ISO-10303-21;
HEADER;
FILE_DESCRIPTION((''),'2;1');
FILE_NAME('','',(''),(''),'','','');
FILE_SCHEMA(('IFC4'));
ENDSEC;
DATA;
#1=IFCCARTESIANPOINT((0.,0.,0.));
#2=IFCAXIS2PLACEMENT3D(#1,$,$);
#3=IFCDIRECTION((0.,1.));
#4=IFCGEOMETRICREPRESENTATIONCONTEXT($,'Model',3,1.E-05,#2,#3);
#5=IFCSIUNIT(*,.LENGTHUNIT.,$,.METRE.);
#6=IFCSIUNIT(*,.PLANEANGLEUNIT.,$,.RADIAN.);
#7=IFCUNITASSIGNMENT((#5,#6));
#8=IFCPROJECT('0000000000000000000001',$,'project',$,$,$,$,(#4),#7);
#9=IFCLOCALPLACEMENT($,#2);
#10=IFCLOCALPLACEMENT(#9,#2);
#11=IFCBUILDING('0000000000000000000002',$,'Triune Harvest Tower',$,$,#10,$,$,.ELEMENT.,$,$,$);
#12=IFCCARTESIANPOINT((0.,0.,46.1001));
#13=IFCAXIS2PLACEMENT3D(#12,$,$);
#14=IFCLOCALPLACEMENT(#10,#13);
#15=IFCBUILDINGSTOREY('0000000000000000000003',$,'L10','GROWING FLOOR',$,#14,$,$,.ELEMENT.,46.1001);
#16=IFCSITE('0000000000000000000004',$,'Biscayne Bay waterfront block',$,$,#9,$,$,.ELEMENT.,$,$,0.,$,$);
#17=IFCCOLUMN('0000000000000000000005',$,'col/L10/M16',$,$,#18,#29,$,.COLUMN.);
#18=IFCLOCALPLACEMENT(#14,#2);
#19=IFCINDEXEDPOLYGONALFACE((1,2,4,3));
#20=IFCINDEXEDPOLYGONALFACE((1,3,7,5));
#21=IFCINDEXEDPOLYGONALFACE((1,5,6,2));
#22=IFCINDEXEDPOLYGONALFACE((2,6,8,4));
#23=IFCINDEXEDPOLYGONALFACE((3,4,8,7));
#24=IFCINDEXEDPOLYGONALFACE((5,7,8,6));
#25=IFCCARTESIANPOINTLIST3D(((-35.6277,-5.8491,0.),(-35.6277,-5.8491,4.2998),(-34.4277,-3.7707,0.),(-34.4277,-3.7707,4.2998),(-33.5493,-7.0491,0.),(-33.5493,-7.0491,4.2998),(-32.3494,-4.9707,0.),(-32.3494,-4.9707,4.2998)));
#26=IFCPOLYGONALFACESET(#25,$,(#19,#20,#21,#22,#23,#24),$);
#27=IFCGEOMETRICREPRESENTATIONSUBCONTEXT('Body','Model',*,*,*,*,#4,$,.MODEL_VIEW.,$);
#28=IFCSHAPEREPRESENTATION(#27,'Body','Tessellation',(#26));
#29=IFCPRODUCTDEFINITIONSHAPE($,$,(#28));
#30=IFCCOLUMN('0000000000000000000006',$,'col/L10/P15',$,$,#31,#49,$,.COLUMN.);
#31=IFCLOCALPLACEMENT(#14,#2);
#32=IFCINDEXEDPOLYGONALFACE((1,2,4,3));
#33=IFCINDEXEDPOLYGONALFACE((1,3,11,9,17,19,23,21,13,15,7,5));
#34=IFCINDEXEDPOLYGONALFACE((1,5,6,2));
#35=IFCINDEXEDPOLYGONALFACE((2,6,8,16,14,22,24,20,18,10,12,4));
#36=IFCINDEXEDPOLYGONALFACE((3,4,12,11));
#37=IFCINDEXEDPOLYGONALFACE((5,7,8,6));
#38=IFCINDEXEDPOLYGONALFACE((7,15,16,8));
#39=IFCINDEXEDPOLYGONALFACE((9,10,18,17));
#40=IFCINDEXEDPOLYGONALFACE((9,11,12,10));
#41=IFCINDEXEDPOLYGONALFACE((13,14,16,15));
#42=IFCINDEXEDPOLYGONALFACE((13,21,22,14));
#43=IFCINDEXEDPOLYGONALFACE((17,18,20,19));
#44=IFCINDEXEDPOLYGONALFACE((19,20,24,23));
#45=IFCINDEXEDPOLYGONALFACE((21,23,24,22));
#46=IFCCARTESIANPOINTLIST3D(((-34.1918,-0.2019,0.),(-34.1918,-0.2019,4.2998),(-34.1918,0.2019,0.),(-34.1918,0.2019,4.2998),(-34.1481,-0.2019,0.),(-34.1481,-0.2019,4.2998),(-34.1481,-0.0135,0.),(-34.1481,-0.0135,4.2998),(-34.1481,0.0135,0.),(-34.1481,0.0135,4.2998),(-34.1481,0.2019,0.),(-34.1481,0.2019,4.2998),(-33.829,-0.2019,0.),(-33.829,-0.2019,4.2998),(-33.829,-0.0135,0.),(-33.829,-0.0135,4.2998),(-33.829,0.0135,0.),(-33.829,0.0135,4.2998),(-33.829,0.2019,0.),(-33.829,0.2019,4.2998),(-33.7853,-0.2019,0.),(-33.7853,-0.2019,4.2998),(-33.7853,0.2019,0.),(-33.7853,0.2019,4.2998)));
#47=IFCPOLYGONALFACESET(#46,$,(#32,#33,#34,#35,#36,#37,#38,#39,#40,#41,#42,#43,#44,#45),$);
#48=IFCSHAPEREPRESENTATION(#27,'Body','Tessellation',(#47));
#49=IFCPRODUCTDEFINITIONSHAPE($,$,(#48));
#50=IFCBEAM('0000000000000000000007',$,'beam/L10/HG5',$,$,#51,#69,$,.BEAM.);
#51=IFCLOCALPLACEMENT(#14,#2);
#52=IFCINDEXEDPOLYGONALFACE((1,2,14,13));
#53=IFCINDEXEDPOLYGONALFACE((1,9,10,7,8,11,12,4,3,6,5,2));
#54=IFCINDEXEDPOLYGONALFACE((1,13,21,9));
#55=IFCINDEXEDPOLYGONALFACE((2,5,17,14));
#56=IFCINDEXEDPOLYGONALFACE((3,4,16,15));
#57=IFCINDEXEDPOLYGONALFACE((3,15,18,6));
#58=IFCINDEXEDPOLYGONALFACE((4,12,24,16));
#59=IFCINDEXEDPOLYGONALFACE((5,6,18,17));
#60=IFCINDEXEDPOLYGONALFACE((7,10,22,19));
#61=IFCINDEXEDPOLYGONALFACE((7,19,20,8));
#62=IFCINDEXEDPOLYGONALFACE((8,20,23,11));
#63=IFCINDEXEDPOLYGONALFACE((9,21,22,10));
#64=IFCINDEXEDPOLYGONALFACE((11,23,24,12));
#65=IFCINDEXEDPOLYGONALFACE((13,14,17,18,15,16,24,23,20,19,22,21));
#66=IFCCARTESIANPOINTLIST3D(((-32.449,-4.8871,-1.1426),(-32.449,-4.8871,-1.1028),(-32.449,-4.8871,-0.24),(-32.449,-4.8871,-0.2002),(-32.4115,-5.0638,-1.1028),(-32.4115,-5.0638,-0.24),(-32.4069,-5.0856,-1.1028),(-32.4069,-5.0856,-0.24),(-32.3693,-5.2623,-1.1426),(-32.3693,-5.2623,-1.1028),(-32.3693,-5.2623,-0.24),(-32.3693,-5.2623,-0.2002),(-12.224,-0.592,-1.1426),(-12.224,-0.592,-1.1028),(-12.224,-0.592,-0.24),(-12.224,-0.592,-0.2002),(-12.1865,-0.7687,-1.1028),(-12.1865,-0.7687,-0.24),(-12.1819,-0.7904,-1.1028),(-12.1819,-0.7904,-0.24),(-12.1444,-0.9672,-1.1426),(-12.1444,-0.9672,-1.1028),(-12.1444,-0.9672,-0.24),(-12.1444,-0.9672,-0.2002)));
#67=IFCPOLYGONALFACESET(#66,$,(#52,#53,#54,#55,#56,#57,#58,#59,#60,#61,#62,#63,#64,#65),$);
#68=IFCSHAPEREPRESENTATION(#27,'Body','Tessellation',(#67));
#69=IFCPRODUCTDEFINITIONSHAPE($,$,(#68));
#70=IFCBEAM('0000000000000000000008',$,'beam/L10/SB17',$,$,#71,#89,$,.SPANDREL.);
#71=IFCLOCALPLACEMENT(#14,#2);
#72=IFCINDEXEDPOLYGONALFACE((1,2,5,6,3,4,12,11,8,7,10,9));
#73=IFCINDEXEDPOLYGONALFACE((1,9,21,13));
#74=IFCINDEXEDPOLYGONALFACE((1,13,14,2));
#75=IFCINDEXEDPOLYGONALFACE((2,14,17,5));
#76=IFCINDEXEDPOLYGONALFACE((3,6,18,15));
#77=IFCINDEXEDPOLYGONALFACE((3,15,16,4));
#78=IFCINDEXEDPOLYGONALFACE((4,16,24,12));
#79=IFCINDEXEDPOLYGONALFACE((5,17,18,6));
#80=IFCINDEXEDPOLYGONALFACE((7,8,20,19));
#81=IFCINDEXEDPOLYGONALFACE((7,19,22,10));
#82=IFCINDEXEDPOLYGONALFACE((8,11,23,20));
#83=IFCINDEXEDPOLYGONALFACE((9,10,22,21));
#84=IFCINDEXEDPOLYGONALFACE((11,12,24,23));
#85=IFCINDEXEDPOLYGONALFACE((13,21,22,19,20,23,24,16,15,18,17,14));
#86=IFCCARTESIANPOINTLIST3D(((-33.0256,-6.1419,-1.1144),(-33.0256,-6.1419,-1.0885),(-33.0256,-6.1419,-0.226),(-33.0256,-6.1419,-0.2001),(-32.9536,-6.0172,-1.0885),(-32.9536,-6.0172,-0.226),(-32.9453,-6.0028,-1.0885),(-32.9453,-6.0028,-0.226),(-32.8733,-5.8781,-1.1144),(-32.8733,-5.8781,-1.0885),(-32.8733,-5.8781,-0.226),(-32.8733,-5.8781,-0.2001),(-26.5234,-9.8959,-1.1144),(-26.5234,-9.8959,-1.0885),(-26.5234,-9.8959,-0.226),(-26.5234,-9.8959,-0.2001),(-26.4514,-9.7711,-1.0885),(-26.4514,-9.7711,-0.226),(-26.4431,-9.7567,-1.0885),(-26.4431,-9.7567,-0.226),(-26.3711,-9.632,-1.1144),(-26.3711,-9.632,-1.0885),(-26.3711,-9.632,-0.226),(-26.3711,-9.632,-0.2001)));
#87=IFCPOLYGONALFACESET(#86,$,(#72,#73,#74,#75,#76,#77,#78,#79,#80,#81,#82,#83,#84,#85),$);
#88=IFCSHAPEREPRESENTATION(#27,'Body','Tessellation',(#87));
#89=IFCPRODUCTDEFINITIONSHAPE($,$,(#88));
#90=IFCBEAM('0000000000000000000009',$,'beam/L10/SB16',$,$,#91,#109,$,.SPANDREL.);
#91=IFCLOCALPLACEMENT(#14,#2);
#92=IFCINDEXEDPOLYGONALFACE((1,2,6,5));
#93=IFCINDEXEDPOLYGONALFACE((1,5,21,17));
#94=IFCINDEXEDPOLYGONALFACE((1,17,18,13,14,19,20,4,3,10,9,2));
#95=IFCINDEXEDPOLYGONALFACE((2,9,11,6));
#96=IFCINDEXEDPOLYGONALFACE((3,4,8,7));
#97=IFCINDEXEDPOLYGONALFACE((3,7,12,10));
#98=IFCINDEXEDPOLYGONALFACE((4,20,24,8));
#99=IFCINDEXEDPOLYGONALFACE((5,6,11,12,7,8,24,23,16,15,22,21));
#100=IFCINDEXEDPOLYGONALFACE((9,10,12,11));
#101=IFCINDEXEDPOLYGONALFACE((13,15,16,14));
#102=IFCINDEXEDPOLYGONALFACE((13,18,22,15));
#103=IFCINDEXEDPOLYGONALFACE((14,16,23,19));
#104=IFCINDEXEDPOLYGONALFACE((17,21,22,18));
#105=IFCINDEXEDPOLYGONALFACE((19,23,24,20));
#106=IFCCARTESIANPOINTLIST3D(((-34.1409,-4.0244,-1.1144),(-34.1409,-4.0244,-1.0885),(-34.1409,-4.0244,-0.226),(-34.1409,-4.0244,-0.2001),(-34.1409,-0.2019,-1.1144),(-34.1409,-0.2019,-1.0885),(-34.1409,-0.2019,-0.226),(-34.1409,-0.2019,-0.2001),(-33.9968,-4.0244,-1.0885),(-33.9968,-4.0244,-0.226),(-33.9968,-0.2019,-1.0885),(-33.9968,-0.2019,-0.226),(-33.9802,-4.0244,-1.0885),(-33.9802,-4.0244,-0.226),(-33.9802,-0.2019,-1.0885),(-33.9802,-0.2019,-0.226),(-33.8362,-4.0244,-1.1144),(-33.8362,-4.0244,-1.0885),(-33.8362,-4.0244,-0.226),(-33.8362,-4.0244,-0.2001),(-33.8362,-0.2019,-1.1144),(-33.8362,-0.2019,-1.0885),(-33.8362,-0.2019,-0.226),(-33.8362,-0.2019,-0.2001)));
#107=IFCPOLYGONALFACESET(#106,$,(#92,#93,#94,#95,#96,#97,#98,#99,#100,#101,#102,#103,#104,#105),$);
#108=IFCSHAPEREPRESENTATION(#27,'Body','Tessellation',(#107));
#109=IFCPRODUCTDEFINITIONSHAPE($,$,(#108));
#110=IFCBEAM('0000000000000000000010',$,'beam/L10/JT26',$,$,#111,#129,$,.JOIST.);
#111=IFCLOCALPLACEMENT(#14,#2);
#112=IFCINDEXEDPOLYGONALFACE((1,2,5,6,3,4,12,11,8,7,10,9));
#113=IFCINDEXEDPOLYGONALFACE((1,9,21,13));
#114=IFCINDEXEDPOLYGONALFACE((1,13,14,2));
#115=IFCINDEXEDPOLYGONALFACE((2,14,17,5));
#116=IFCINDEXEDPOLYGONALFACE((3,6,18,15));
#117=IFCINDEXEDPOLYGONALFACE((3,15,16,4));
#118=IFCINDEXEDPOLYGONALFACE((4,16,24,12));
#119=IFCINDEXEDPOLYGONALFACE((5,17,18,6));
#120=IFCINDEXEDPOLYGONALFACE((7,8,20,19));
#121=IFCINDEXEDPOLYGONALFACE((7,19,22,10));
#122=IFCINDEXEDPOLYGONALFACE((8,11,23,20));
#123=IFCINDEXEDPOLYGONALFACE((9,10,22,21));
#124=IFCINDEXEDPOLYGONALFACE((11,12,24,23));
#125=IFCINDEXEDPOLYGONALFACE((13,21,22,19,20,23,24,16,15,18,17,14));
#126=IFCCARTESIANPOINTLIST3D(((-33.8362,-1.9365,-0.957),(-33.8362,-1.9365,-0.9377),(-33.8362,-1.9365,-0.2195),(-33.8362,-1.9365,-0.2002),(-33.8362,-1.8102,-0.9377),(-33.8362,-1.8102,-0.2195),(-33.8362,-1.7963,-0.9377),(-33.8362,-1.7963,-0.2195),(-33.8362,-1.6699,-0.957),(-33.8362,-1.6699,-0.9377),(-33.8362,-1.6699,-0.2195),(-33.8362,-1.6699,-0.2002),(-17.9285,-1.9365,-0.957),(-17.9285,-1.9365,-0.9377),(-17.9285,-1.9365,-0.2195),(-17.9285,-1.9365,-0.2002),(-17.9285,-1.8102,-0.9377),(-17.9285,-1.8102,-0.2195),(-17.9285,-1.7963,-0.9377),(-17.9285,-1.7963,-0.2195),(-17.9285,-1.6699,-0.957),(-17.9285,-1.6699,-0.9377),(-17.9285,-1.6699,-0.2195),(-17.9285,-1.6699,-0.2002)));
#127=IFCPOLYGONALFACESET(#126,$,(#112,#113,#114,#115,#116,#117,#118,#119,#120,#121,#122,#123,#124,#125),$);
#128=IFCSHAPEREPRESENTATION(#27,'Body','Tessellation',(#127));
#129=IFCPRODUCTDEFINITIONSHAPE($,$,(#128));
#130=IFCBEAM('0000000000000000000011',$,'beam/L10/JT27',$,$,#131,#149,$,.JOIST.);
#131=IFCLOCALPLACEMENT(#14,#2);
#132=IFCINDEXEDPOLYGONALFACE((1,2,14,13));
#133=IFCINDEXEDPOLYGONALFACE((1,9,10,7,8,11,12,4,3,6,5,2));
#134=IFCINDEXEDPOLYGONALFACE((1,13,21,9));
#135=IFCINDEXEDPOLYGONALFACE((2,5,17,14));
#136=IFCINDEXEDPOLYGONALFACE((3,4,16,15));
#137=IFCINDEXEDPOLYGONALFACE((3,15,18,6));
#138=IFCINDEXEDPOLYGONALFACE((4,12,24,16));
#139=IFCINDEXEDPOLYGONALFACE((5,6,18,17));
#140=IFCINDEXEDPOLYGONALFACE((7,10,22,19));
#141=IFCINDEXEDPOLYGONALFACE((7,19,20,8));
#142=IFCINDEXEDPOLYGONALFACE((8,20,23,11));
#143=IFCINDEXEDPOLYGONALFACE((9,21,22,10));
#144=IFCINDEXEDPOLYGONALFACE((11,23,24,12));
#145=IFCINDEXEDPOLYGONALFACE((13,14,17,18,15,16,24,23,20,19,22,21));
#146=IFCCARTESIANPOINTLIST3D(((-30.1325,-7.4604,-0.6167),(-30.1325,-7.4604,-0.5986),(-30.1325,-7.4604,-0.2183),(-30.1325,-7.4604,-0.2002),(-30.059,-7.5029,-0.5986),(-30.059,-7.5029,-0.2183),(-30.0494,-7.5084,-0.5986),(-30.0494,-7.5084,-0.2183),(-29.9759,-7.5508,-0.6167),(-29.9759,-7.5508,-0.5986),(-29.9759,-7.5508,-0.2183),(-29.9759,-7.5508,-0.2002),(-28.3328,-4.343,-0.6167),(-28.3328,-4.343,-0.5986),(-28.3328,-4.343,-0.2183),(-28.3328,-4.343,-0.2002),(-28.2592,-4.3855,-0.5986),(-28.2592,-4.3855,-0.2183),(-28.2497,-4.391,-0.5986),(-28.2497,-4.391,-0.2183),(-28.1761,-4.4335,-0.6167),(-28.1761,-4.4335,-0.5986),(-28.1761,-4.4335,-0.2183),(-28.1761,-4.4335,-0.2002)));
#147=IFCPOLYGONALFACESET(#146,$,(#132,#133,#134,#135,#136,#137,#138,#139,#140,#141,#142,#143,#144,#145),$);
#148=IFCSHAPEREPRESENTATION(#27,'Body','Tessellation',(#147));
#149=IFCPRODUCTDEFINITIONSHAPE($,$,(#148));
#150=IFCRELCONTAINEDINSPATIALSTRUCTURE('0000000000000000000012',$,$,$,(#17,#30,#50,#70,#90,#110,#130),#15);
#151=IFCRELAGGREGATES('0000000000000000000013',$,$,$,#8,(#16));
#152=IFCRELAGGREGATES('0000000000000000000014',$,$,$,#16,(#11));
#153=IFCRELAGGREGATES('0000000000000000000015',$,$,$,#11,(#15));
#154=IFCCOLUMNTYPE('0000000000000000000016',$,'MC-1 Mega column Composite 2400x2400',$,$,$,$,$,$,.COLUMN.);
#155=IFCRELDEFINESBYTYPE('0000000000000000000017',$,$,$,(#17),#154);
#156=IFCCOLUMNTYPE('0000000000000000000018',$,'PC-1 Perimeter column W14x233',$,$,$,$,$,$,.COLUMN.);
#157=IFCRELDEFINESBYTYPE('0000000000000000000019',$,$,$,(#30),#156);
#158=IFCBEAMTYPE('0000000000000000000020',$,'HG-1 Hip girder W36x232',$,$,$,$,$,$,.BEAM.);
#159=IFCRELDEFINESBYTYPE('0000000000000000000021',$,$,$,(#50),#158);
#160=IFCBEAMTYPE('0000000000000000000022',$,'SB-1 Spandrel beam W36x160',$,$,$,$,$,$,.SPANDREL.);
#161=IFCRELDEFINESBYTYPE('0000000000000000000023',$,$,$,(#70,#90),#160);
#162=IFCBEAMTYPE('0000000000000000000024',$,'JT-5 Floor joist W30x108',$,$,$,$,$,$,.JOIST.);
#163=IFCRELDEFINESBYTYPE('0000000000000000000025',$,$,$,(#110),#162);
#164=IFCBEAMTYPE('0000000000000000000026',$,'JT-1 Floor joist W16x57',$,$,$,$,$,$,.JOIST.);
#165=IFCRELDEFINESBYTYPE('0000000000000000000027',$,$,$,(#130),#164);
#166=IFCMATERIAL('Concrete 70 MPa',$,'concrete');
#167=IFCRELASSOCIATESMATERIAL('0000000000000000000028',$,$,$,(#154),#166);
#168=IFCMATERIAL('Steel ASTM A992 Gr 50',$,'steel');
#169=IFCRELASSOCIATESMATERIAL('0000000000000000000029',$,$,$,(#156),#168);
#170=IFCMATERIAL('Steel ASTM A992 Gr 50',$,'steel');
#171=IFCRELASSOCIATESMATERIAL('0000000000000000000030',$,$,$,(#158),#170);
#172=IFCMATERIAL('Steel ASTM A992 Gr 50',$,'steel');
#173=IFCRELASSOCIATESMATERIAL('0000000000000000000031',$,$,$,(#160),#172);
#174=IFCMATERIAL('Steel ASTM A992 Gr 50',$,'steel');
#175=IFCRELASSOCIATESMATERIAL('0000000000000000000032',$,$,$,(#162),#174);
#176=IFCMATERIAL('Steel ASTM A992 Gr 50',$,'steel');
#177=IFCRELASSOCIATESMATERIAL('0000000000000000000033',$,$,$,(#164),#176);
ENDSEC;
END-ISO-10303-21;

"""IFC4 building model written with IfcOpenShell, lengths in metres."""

from ifc_helpers import new_model, si_unit, direction, frame, origin, origin_2d, place, context, subcontext, project, spatial, rectangle, i_section, extrude, source, transform, mapped, material, material_profile, profile_set, type_object, element, save


model = new_model("IFC4")

# Units and contexts
model_context = context("Model", 3, precision=1e-05, world=origin(), true_north=direction((0.0, 1.0)))
body_context = subcontext(model_context, "Body", "Model", "MODEL_VIEW")
ifc_project = project(units=[si_unit("LENGTHUNIT", "METRE"), si_unit("PLANEANGLEUNIT", "RADIAN")], contexts=[model_context])

# Site, building, storey
site_placement = place(None, origin())
site = spatial("IfcSite", under=ifc_project, at=site_placement, Name="Biscayne Bay waterfront block", CompositionType="ELEMENT", RefElevation=0.0)
building_placement = place(site_placement, origin())
building = spatial("IfcBuilding", under=site, at=building_placement, Name="Triune Harvest Tower", CompositionType="ELEMENT")
storey_placement = place(building_placement, frame((0.0, 0.0, 46.1001)))
storey = spatial("IfcBuildingStorey", under=building, at=storey_placement, Name="L10", Description="GROWING FLOOR", CompositionType="ELEMENT", Elevation=46.1001)

# Columns
ifc_material_1 = material(Name="Concrete 70 MPa", Category="concrete")
ifc_material_profile_1 = material_profile(ifc_material_1, rectangle(XDim=2.3999, YDim=2.3999, at=origin_2d()), Name="Composite 2400x2400")
ifc_profile_set_1 = profile_set([ifc_material_profile_1], Name="Concrete 70 MPa")
column_type_1 = type_object("IfcColumnType", Name="MC-1 Mega column Composite 2400x2400", PredefinedType="COLUMN", material=ifc_profile_set_1)
shared_shape_1 = source(origin(), body_context, "Body", "SweptSolid", [
    extrude(rectangle(XDim=2.3999, YDim=2.3999, at=origin_2d()), origin(), (0.0, 0.0, 1.0), 4.2998),
])
column_1_placement = place(storey_placement, frame((-33.9885, -5.4099, 0.0), z_axis=(0.0, 0.0, 1.0), x_axis=(0.866025, -0.5, 0.0)))
element("IfcColumn", 1, at=column_1_placement, inside=storey, type_object=column_type_1, Name="col/L10/M16", PredefinedType="COLUMN", context=body_context, shape_type="MappedRepresentation", body=[
    mapped(shared_shape_1, transform((0.0, 0.0, 0.0), scale=1.0)),
])
ifc_material_2 = material(Name="Steel ASTM A992 Gr 50", Category="steel")
ifc_material_profile_2 = material_profile(ifc_material_2, i_section(OverallWidth=0.4038, OverallDepth=0.4065, WebThickness=0.0271, FlangeThickness=0.0437, at=origin_2d()), Name="W14x233")
ifc_profile_set_2 = profile_set([ifc_material_profile_2], Name="Steel ASTM A992 Gr 50")
column_type_2 = type_object("IfcColumnType", Name="PC-1 Perimeter column W14x233", PredefinedType="COLUMN", material=ifc_profile_set_2)
shared_shape_2 = source(origin(), body_context, "Body", "SweptSolid", [
    extrude(i_section(OverallWidth=0.4038, OverallDepth=0.4065, WebThickness=0.0271, FlangeThickness=0.0437, at=origin_2d()), origin(), (0.0, 0.0, 1.0), 4.2998),
])
column_2_placement = place(storey_placement, frame((-33.9885, 0.0, 0.0), z_axis=(0.0, 0.0, 1.0), x_axis=(0.0, -1.0, 0.0)))
element("IfcColumn", 2, at=column_2_placement, inside=storey, type_object=column_type_2, Name="col/L10/P15", PredefinedType="COLUMN", context=body_context, shape_type="MappedRepresentation", body=[
    mapped(shared_shape_2, transform((0.0, 0.0, 0.0), scale=1.0)),
])

# Beams
ifc_material_3 = material(Name="Steel ASTM A992 Gr 50", Category="steel")
ifc_material_profile_3 = material_profile(ifc_material_3, i_section(OverallWidth=0.3835, OverallDepth=0.9424, WebThickness=0.0222, FlangeThickness=0.0398, at=origin_2d()), Name="W36x232")
ifc_profile_set_3 = profile_set([ifc_material_profile_3], Name="Steel ASTM A992 Gr 50")
beam_type_1 = type_object("IfcBeamType", Name="HG-1 Hip girder W36x232", PredefinedType="BEAM", material=ifc_profile_set_3)
shared_shape_3 = source(origin(), body_context, "Body", "SweptSolid", [
    extrude(i_section(OverallWidth=0.3835, OverallDepth=0.9424, WebThickness=0.0222, FlangeThickness=0.0398, at=origin_2d()), origin(), (0.0, 0.0, 1.0), 20.676),
])
beam_1_placement = place(storey_placement, frame((-32.4092, -5.0747, -0.6714), z_axis=(0.978185, 0.207735, 0.0), x_axis=(-0.207735, 0.978185, 0.0)))
element("IfcBeam", 3, at=beam_1_placement, inside=storey, type_object=beam_type_1, Name="beam/L10/HG5", PredefinedType="BEAM", context=body_context, shape_type="MappedRepresentation", body=[
    mapped(shared_shape_3, transform((0.0, 0.0, 0.0), scale=1.0)),
])
ifc_material_4 = material(Name="Steel ASTM A992 Gr 50", Category="steel")
ifc_material_profile_4 = material_profile(ifc_material_4, i_section(OverallWidth=0.3047, OverallDepth=0.9143, WebThickness=0.0166, FlangeThickness=0.0259, at=origin_2d()), Name="W36x160")
ifc_profile_set_4 = profile_set([ifc_material_profile_4], Name="Steel ASTM A992 Gr 50")
beam_type_2 = type_object("IfcBeamType", Name="SB-1 Spandrel beam W36x160", PredefinedType="SPANDREL", material=ifc_profile_set_4)
shared_shape_4 = source(origin(), body_context, "Body", "SweptSolid", [
    extrude(i_section(OverallWidth=0.3047, OverallDepth=0.9143, WebThickness=0.0166, FlangeThickness=0.0259, at=origin_2d()), origin(), (0.0, 0.0, 1.0), 7.5081),
])
beam_2_placement = place(storey_placement, frame((-32.9495, -6.01, -0.6572), z_axis=(0.866033, -0.499986, 0.0), x_axis=(0.499986, 0.866033, 0.0)))
element("IfcBeam", 4, at=beam_2_placement, inside=storey, type_object=beam_type_2, Name="beam/L10/SB17", PredefinedType="SPANDREL", context=body_context, shape_type="MappedRepresentation", body=[
    mapped(shared_shape_4, transform((0.0, 0.0, 0.0), scale=1.0)),
])
shared_shape_5 = source(origin(), body_context, "Body", "SweptSolid", [
    extrude(i_section(OverallWidth=0.3047, OverallDepth=0.9143, WebThickness=0.0166, FlangeThickness=0.0259, at=origin_2d()), origin(), (0.0, 0.0, 1.0), 3.8225),
])
beam_3_placement = place(storey_placement, frame((-33.9885, -0.2019, -0.6572), z_axis=(0.0, -1.0, 0.0), x_axis=(1.0, 0.0, 0.0)))
element("IfcBeam", 5, at=beam_3_placement, inside=storey, type_object=beam_type_2, Name="beam/L10/SB16", PredefinedType="SPANDREL", context=body_context, shape_type="MappedRepresentation", body=[
    mapped(shared_shape_5, transform((0.0, 0.0, 0.0), scale=1.0)),
])
ifc_material_5 = material(Name="Steel ASTM A992 Gr 50", Category="steel")
ifc_material_profile_5 = material_profile(ifc_material_5, i_section(OverallWidth=0.2666, OverallDepth=0.7568, WebThickness=0.0139, FlangeThickness=0.0193, at=origin_2d()), Name="W30x108")
ifc_profile_set_5 = profile_set([ifc_material_profile_5], Name="Steel ASTM A992 Gr 50")
beam_type_3 = type_object("IfcBeamType", Name="JT-5 Floor joist W30x108", PredefinedType="JOIST", material=ifc_profile_set_5)
shared_shape_6 = source(origin(), body_context, "Body", "SweptSolid", [
    extrude(i_section(OverallWidth=0.2666, OverallDepth=0.7568, WebThickness=0.0139, FlangeThickness=0.0193, at=origin_2d()), origin(), (0.0, 0.0, 1.0), 15.9077),
])
beam_4_placement = place(storey_placement, frame((-33.8362, -1.8032, -0.5786), z_axis=(1.0, 0.0, 0.0), x_axis=(0.0, 1.0, 0.0)))
element("IfcBeam", 6, at=beam_4_placement, inside=storey, type_object=beam_type_3, Name="beam/L10/JT26", PredefinedType="JOIST", context=body_context, shape_type="MappedRepresentation", body=[
    mapped(shared_shape_6, transform((0.0, 0.0, 0.0), scale=1.0)),
])
ifc_material_6 = material(Name="Steel ASTM A992 Gr 50", Category="steel")
ifc_material_profile_6 = material_profile(ifc_material_6, i_section(OverallWidth=0.1809, OverallDepth=0.4165, WebThickness=0.011, FlangeThickness=0.0181, at=origin_2d()), Name="W16x57")
ifc_profile_set_6 = profile_set([ifc_material_profile_6], Name="Steel ASTM A992 Gr 50")
beam_type_4 = type_object("IfcBeamType", Name="JT-1 Floor joist W16x57", PredefinedType="JOIST", material=ifc_profile_set_6)
shared_shape_7 = source(origin(), body_context, "Body", "SweptSolid", [
    extrude(i_section(OverallWidth=0.1809, OverallDepth=0.4165, WebThickness=0.011, FlangeThickness=0.0181, at=origin_2d()), origin(), (0.0, 0.0, 1.0), 3.5996),
])
beam_5_placement = place(storey_placement, frame((-30.0542, -7.5056, -0.4084), z_axis=(0.499991, 0.866031, 0.0), x_axis=(-0.866031, 0.499991, 0.0)))
element("IfcBeam", 7, at=beam_5_placement, inside=storey, type_object=beam_type_4, Name="beam/L10/JT27", PredefinedType="JOIST", context=body_context, shape_type="MappedRepresentation", body=[
    mapped(shared_shape_7, transform((0.0, 0.0, 0.0), scale=1.0)),
])

save(model, "model.ifc")
